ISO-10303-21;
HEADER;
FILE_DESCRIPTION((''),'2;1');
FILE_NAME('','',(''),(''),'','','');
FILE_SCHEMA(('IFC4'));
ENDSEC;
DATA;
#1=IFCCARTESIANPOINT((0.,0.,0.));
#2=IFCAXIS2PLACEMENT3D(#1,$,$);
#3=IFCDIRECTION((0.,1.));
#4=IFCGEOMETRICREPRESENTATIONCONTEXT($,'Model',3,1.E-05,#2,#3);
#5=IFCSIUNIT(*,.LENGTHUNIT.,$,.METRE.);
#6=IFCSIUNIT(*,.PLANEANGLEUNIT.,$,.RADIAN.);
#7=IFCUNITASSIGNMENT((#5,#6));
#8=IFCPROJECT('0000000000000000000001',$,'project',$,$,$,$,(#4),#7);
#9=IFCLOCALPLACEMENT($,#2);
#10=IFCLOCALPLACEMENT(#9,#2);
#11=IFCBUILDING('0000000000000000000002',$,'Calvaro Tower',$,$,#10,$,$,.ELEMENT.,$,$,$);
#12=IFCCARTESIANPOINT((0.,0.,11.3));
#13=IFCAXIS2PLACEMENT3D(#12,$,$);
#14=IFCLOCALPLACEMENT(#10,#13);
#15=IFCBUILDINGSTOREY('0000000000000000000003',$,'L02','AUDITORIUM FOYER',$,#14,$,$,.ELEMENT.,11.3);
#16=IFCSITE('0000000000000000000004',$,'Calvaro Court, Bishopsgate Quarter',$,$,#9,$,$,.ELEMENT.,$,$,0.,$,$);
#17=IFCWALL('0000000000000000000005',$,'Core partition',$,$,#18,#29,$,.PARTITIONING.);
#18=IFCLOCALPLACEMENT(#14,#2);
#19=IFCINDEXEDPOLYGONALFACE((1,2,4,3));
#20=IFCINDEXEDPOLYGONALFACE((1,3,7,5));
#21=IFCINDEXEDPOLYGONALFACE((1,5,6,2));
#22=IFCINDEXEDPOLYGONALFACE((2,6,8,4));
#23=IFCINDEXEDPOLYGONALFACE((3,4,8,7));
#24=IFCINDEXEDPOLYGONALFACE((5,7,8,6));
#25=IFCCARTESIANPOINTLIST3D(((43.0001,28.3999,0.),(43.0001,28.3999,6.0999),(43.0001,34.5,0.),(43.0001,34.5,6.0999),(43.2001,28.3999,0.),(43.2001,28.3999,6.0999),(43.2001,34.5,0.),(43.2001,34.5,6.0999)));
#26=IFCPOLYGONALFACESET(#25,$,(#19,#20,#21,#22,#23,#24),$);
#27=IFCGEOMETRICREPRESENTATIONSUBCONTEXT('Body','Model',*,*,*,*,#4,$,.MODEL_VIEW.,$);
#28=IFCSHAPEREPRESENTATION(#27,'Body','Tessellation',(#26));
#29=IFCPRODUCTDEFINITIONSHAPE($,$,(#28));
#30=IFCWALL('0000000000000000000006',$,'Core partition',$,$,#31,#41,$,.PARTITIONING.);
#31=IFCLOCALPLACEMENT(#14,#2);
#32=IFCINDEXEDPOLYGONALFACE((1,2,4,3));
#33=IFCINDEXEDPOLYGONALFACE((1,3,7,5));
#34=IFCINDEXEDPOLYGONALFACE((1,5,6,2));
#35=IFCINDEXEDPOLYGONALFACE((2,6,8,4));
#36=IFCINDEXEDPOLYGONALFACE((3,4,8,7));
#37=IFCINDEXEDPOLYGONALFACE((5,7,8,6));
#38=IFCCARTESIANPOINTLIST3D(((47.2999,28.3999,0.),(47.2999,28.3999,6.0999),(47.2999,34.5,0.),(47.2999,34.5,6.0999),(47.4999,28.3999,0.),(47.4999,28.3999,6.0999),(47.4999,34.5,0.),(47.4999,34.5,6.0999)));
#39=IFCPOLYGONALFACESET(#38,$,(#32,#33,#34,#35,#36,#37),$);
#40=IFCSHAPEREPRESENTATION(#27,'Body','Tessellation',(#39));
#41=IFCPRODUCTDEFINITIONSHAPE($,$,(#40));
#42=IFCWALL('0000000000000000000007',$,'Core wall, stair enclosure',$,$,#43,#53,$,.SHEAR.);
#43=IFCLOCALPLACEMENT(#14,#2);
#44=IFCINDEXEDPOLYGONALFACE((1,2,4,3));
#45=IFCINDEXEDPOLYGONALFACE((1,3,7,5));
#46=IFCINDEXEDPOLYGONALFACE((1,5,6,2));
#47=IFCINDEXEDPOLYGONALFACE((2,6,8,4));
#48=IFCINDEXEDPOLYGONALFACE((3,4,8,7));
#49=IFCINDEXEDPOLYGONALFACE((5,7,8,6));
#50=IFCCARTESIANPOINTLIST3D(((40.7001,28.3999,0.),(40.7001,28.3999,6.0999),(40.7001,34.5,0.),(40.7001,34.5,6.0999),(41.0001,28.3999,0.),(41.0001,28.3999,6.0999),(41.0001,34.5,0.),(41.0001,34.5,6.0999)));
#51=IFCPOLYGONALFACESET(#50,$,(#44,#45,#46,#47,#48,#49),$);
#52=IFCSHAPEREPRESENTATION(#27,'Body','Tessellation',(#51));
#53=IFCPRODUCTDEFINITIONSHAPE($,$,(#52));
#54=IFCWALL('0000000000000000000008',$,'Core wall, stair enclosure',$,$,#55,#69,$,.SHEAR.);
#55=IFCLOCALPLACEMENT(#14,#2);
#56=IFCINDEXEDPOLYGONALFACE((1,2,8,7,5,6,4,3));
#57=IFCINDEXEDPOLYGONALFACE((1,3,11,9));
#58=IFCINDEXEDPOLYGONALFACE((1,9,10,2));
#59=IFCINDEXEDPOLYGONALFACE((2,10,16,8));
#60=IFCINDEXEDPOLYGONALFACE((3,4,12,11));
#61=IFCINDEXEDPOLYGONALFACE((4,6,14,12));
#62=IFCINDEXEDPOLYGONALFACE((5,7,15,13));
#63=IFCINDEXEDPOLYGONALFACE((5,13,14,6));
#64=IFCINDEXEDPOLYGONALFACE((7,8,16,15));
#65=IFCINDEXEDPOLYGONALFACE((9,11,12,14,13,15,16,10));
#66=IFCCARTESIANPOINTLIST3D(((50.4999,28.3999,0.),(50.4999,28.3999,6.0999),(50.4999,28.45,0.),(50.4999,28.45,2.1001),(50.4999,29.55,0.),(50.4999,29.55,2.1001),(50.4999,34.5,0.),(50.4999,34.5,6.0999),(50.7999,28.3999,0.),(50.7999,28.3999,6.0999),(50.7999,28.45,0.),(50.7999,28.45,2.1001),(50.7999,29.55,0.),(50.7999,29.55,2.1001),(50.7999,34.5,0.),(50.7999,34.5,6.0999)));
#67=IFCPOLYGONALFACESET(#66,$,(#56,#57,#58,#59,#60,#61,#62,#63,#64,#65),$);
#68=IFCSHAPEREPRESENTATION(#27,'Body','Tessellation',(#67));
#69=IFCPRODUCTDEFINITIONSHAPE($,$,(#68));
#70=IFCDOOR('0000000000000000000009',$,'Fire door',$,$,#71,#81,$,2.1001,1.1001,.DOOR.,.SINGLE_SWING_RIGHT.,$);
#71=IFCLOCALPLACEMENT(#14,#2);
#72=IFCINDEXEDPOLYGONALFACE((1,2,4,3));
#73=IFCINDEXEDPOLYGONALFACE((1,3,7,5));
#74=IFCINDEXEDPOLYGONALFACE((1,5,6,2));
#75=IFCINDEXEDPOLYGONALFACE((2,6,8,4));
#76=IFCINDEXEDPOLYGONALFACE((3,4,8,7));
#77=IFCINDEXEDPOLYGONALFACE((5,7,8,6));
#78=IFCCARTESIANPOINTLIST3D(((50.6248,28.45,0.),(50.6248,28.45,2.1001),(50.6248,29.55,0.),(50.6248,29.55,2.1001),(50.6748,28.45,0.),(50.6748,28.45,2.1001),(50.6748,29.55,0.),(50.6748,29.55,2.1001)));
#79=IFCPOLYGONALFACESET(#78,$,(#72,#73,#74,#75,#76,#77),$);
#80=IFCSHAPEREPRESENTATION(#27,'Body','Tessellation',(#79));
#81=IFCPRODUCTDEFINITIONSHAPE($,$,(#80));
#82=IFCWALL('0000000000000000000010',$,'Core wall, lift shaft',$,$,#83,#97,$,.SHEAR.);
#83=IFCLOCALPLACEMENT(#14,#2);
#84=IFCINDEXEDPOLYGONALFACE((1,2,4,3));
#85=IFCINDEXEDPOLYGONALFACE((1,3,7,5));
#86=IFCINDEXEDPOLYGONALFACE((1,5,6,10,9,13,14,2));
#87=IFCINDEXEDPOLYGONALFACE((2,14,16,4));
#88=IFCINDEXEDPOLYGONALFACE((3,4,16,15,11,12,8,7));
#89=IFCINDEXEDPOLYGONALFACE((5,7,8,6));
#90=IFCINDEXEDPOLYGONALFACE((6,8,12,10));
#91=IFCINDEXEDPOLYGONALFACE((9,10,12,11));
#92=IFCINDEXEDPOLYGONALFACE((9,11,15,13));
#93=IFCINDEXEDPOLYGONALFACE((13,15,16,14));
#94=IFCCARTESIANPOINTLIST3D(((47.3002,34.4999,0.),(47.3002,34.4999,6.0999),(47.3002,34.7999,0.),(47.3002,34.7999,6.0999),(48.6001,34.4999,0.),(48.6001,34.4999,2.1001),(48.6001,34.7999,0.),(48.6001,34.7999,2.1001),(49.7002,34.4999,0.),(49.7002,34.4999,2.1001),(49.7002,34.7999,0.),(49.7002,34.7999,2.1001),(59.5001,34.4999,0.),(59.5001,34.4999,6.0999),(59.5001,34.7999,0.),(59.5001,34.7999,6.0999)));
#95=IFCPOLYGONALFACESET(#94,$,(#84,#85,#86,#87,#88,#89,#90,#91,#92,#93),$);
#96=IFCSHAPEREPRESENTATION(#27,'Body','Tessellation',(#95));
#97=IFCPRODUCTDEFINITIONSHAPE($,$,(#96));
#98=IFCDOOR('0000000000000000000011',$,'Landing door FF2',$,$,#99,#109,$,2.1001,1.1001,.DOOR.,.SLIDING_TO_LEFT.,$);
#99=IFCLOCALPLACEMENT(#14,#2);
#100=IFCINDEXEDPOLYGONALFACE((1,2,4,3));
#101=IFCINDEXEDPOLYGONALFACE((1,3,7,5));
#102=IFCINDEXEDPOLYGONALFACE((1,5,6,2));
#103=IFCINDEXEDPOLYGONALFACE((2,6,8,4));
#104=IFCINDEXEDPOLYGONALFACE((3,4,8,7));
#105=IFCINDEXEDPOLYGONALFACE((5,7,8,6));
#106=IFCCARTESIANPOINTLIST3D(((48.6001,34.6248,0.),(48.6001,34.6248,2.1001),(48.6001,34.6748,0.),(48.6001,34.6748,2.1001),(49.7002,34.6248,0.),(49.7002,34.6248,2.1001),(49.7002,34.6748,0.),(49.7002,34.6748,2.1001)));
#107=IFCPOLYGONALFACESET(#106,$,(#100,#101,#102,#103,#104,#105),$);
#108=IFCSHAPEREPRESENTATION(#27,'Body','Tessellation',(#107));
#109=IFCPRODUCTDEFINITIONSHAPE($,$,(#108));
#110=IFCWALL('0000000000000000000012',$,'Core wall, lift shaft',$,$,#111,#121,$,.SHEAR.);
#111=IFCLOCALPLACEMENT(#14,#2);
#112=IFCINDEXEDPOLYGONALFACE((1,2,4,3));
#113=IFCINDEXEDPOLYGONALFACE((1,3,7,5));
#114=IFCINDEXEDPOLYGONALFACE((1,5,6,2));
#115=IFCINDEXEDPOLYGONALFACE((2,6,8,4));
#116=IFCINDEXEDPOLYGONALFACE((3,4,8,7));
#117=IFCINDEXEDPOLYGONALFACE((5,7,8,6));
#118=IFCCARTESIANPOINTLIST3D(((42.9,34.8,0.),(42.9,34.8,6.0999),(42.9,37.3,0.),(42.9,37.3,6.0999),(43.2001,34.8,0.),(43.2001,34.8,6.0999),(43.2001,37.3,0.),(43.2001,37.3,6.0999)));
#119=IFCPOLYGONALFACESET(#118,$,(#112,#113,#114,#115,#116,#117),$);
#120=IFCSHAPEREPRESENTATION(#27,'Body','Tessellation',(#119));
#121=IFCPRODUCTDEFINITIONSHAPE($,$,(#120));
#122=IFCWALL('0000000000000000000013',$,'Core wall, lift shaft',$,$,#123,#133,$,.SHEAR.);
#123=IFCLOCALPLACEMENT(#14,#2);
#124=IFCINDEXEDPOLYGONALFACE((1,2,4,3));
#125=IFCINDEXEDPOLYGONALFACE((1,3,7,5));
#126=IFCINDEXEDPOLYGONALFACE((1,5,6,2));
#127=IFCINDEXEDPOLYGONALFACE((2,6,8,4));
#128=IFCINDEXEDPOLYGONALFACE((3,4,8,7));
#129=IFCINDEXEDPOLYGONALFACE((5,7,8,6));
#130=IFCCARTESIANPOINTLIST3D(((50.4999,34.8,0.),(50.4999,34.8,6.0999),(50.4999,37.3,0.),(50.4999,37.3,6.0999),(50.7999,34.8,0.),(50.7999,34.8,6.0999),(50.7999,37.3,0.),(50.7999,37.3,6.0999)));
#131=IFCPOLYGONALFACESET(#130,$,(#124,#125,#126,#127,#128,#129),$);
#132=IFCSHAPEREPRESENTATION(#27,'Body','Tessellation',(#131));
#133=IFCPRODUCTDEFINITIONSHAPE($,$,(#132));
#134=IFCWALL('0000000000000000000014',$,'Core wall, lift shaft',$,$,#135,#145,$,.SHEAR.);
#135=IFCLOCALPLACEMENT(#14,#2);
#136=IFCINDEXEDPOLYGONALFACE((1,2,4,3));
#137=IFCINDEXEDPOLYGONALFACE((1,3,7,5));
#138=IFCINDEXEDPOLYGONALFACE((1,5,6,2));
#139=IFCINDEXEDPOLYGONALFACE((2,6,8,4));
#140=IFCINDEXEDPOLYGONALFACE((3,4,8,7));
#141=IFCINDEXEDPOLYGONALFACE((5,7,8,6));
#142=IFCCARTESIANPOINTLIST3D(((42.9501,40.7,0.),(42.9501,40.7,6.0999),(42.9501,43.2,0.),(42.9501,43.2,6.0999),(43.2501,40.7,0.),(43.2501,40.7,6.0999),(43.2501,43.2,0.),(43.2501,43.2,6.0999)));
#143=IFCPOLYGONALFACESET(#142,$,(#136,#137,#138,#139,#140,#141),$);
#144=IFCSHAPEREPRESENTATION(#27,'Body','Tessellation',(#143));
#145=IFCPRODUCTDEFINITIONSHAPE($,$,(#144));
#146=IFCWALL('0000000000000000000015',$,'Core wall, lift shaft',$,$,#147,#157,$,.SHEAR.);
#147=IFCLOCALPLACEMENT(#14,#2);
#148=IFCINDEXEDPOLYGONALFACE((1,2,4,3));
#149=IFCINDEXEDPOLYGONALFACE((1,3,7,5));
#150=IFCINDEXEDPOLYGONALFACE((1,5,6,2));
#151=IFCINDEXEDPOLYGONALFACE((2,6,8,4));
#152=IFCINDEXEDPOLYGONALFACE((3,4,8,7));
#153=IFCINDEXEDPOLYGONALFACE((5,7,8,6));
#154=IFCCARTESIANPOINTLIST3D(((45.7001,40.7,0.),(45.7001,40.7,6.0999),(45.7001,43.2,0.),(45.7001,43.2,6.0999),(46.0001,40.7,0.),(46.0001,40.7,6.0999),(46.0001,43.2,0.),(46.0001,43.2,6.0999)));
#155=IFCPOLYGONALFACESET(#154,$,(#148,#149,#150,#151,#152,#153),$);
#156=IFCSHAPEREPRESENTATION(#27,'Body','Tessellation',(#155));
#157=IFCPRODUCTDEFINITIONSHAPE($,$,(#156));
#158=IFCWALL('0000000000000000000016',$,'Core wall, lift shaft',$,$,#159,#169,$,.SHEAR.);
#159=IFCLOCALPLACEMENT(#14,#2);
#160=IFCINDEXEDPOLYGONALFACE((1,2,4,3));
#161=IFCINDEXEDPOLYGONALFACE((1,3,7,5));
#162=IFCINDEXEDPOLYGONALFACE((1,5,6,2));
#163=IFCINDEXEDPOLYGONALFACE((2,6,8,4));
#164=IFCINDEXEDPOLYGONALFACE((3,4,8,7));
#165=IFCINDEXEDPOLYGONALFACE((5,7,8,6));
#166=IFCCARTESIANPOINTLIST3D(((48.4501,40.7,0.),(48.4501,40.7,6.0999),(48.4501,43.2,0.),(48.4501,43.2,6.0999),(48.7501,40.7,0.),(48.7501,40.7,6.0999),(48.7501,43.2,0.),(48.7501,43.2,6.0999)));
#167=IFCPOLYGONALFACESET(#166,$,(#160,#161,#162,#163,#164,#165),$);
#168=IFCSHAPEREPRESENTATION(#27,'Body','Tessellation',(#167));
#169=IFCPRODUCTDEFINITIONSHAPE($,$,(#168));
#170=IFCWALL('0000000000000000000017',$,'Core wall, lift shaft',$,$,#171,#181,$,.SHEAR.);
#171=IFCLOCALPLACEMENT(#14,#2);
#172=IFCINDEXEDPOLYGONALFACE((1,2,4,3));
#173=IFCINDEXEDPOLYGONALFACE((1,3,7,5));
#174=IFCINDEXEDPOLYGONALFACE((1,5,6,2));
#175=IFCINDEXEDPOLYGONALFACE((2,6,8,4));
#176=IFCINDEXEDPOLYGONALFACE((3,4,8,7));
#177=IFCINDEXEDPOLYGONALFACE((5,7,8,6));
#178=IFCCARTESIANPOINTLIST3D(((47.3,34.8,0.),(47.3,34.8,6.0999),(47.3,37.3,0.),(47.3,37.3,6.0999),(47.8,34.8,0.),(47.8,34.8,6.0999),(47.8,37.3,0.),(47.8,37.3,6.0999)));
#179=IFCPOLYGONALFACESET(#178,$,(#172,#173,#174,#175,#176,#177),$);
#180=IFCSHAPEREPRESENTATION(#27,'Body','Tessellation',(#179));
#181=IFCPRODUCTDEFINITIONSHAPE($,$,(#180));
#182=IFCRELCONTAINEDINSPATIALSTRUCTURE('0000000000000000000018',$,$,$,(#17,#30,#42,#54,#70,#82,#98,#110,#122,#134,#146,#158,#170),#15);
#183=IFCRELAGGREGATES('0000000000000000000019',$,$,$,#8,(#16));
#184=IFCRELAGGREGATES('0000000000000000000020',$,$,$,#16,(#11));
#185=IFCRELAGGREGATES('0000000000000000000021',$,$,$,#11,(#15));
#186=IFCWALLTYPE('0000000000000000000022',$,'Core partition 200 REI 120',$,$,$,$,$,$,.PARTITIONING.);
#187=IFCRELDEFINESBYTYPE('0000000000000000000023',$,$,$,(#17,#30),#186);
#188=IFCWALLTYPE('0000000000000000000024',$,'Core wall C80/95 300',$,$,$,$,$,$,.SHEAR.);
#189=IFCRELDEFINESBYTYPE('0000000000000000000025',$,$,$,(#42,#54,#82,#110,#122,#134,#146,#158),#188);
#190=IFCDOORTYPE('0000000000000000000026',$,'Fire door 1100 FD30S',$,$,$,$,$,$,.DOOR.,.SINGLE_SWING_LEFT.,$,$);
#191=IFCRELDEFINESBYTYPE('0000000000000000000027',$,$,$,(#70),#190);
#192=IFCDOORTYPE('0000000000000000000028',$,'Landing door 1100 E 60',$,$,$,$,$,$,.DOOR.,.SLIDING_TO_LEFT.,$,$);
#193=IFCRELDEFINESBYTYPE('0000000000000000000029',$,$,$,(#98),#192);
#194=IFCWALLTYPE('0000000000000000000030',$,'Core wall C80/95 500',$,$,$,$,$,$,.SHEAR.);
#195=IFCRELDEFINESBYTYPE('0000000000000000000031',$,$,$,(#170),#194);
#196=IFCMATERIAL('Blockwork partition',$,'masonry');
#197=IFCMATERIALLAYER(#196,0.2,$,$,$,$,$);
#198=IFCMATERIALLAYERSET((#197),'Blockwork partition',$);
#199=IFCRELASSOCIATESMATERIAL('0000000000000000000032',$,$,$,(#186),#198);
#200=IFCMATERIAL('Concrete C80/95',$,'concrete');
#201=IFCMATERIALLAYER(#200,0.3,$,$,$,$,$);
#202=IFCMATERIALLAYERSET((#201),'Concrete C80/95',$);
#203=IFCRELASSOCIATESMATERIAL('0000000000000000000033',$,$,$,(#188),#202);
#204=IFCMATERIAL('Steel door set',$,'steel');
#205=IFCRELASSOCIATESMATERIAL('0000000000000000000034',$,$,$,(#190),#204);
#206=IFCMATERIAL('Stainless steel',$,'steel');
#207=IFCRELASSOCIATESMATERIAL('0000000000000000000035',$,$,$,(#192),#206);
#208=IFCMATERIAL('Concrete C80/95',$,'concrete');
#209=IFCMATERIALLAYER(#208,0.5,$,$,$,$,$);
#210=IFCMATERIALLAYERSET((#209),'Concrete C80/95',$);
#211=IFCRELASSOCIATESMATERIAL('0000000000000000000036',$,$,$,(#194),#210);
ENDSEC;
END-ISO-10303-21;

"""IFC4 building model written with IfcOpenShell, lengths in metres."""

from ifc_helpers import new_model, si_unit, direction, frame, frame_2d, origin, place, context, subcontext, project, spatial, rectangle, extrude, material, layer, layer_set, type_object, element, fill, save


model = new_model("IFC4")

# Units and contexts
model_context = context("Model", 3, precision=1e-05, world=origin(), true_north=direction((0.0, 1.0)))
body_context = subcontext(model_context, "Body", "Model", "MODEL_VIEW")
ifc_project = project(units=[si_unit("LENGTHUNIT", "METRE"), si_unit("PLANEANGLEUNIT", "RADIAN")], contexts=[model_context])

# Site, building, storey
site_placement = place(None, origin())
site = spatial("IfcSite", under=ifc_project, at=site_placement, Name="Calvaro Court, Bishopsgate Quarter", CompositionType="ELEMENT", RefElevation=0.0)
building_placement = place(site_placement, origin())
building = spatial("IfcBuilding", under=site, at=building_placement, Name="Calvaro Tower", CompositionType="ELEMENT")
storey_placement = place(building_placement, frame((0.0, 0.0, 11.3)))
storey = spatial("IfcBuildingStorey", under=building, at=storey_placement, Name="L02", Description="AUDITORIUM FOYER", CompositionType="ELEMENT", Elevation=11.3)

# Walls
ifc_material_1 = material(Name="Blockwork partition", Category="masonry")
ifc_layer_1 = layer(ifc_material_1, 0.2)
ifc_layer_set_1 = layer_set([ifc_layer_1], Name="Blockwork partition")
wall_type_1 = type_object("IfcWallType", Name="Core partition 200 REI 120", PredefinedType="PARTITIONING", material=ifc_layer_set_1)
for number, where, z_axis, x_axis, name in (
    (1, (43.1001, 28.3999, 0.0), (0.0, 0.0, 1.0), (0.0, 1.0, 0.0), "Core partition"),
    (2, (47.3999, 28.3999, 0.0), (0.0, 0.0, 1.0), (0.0, 1.0, 0.0), "Core partition"),
):
    element("IfcWall", number, at=place(storey_placement, frame(where, z_axis=z_axis, x_axis=x_axis)), inside=storey, type_object=wall_type_1, Name=name, PredefinedType="PARTITIONING", context=body_context, shape_type="SweptSolid", body=[
        extrude(rectangle(XDim=6.1001, YDim=0.2, at=frame_2d((3.05, 0.0))), origin(), (0.0, 0.0, 1.0), 6.0999),
    ])
ifc_material_2 = material(Name="Concrete C80/95", Category="concrete")
ifc_layer_2 = layer(ifc_material_2, 0.3)
ifc_layer_set_2 = layer_set([ifc_layer_2], Name="Concrete C80/95")
wall_type_2 = type_object("IfcWallType", Name="Core wall C80/95 300", PredefinedType="SHEAR", material=ifc_layer_set_2)
wall_1_placement = place(storey_placement, frame((40.8501, 28.3999, 0.0), z_axis=(0.0, 0.0, 1.0), x_axis=(0.0, 1.0, 0.0)))
element("IfcWall", 3, at=wall_1_placement, inside=storey, type_object=wall_type_2, Name="Core wall, stair enclosure", PredefinedType="SHEAR", context=body_context, shape_type="SweptSolid", body=[
    extrude(rectangle(XDim=6.1001, YDim=0.3, at=frame_2d((3.05, 0.0))), origin(), (0.0, 0.0, 1.0), 6.0999),
])

# Walls, openings, doors
wall_2_placement = place(storey_placement, frame((50.6499, 34.5, 0.0), z_axis=(0.0, 0.0, 1.0), x_axis=(0.0, -1.0, 0.0)))
wall_2 = element("IfcWall", 4, at=wall_2_placement, inside=storey, type_object=wall_type_2, Name="Core wall, stair enclosure", PredefinedType="SHEAR", context=body_context, shape_type="SweptSolid", body=[
    extrude(rectangle(XDim=6.1001, YDim=0.3, at=frame_2d((3.05, 0.0))), origin(), (0.0, 0.0, 1.0), 6.0999),
])
opening_1_placement = place(wall_2_placement, frame((4.95, 0.0, 0.0)))
opening_1 = element("IfcOpeningElement", 5, at=opening_1_placement, cuts=wall_2, PredefinedType="OPENING", context=body_context, shape_type="SweptSolid", body=[
    extrude(rectangle(XDim=1.1001, YDim=2.1001, at=frame_2d((0.55, 1.05))), frame((0.0, 0.1599, 0.0), z_axis=(0.0, -1.0, 0.0), x_axis=(1.0, 0.0, 0.0)), (0.0, 0.0, 1.0), 0.3201),
])
ifc_material_3 = material(Name="Steel door set", Category="steel")
door_type_1 = type_object("IfcDoorType", Name="Fire door 1100 FD30S", OperationType="SINGLE_SWING_LEFT", PredefinedType="DOOR", material=ifc_material_3)
door_1_placement = place(opening_1_placement, origin())
door_1 = element("IfcDoor", 6, at=door_1_placement, inside=storey, type_object=door_type_1, Name="Fire door", OperationType="SINGLE_SWING_RIGHT", OverallHeight=2.1001, OverallWidth=1.1001, PredefinedType="DOOR", context=body_context, shape_type="SweptSolid", body=[
    extrude(rectangle(XDim=1.1001, YDim=2.1001, at=frame_2d((0.55, 1.05))), frame((0.0, 0.0249, 0.0), z_axis=(0.0, -1.0, 0.0), x_axis=(1.0, 0.0, 0.0)), (0.0, 0.0, 1.0), 0.05),
])
fill(opening_1, door_1)
wall_3_placement = place(storey_placement, frame((47.3, 34.6499, 0.0), z_axis=(0.0, 0.0, 1.0), x_axis=(1.0, 0.0, 0.0)))
wall_3 = element("IfcWall", 7, at=wall_3_placement, inside=storey, type_object=wall_type_2, Name="Core wall, lift shaft", PredefinedType="SHEAR", context=body_context, shape_type="SweptSolid", body=[
    extrude(rectangle(XDim=12.2, YDim=0.3, at=frame_2d((6.1001, 0.0))), origin(), (0.0, 0.0, 1.0), 6.0999),
])
opening_2_placement = place(wall_3_placement, frame((1.3, 0.0, 0.0)))
opening_2 = element("IfcOpeningElement", 8, at=opening_2_placement, cuts=wall_3, PredefinedType="OPENING", context=body_context, shape_type="SweptSolid", body=[
    extrude(rectangle(XDim=1.1001, YDim=2.1001, at=frame_2d((0.55, 1.05))), frame((0.0, 0.1599, 0.0), z_axis=(0.0, -1.0, 0.0), x_axis=(1.0, 0.0, 0.0)), (0.0, 0.0, 1.0), 0.3201),
])
ifc_material_4 = material(Name="Stainless steel", Category="steel")
door_type_2 = type_object("IfcDoorType", Name="Landing door 1100 E 60", OperationType="SLIDING_TO_LEFT", PredefinedType="DOOR", material=ifc_material_4)
door_2_placement = place(opening_2_placement, origin())
door_2 = element("IfcDoor", 9, at=door_2_placement, inside=storey, type_object=door_type_2, Name="Landing door FF2", OperationType="SLIDING_TO_LEFT", OverallHeight=2.1001, OverallWidth=1.1001, PredefinedType="DOOR", context=body_context, shape_type="SweptSolid", body=[
    extrude(rectangle(XDim=1.1001, YDim=2.1001, at=frame_2d((0.55, 1.05))), frame((0.0, 0.0249, 0.0), z_axis=(0.0, -1.0, 0.0), x_axis=(1.0, 0.0, 0.0)), (0.0, 0.0, 1.0), 0.05),
])
fill(opening_2, door_2)

# Walls
for number, where, z_axis, x_axis, name in (
    (10, (43.05, 34.8, 0.0), (0.0, 0.0, 1.0), (0.0, 1.0, 0.0), "Core wall, lift shaft"),
    (11, (50.6499, 34.8, 0.0), (0.0, 0.0, 1.0), (0.0, 1.0, 0.0), "Core wall, lift shaft"),
    (12, (43.1001, 40.7, 0.0), (0.0, 0.0, 1.0), (0.0, 1.0, 0.0), "Core wall, lift shaft"),
    (13, (45.8501, 40.7, 0.0), (0.0, 0.0, 1.0), (0.0, 1.0, 0.0), "Core wall, lift shaft"),
    (14, (48.6001, 40.7, 0.0), (0.0, 0.0, 1.0), (0.0, 1.0, 0.0), "Core wall, lift shaft"),
):
    element("IfcWall", number, at=place(storey_placement, frame(where, z_axis=z_axis, x_axis=x_axis)), inside=storey, type_object=wall_type_2, Name=name, PredefinedType="SHEAR", context=body_context, shape_type="SweptSolid", body=[
        extrude(rectangle(XDim=2.5, YDim=0.3, at=frame_2d((1.25, 0.0))), origin(), (0.0, 0.0, 1.0), 6.0999),
    ])
ifc_material_5 = material(Name="Concrete C80/95", Category="concrete")
ifc_layer_3 = layer(ifc_material_5, 0.5)
ifc_layer_set_3 = layer_set([ifc_layer_3], Name="Concrete C80/95")
wall_type_3 = type_object("IfcWallType", Name="Core wall C80/95 500", PredefinedType="SHEAR", material=ifc_layer_set_3)
wall_4_placement = place(storey_placement, frame((47.55, 34.8, 0.0), z_axis=(0.0, 0.0, 1.0), x_axis=(0.0, 1.0, 0.0)))
element("IfcWall", 15, at=wall_4_placement, inside=storey, type_object=wall_type_3, Name="Core wall, lift shaft", PredefinedType="SHEAR", context=body_context, shape_type="SweptSolid", body=[
    extrude(rectangle(XDim=2.5, YDim=0.5, at=frame_2d((1.25, 0.0))), origin(), (0.0, 0.0, 1.0), 6.0999),
])

save(model, "model.ifc")
